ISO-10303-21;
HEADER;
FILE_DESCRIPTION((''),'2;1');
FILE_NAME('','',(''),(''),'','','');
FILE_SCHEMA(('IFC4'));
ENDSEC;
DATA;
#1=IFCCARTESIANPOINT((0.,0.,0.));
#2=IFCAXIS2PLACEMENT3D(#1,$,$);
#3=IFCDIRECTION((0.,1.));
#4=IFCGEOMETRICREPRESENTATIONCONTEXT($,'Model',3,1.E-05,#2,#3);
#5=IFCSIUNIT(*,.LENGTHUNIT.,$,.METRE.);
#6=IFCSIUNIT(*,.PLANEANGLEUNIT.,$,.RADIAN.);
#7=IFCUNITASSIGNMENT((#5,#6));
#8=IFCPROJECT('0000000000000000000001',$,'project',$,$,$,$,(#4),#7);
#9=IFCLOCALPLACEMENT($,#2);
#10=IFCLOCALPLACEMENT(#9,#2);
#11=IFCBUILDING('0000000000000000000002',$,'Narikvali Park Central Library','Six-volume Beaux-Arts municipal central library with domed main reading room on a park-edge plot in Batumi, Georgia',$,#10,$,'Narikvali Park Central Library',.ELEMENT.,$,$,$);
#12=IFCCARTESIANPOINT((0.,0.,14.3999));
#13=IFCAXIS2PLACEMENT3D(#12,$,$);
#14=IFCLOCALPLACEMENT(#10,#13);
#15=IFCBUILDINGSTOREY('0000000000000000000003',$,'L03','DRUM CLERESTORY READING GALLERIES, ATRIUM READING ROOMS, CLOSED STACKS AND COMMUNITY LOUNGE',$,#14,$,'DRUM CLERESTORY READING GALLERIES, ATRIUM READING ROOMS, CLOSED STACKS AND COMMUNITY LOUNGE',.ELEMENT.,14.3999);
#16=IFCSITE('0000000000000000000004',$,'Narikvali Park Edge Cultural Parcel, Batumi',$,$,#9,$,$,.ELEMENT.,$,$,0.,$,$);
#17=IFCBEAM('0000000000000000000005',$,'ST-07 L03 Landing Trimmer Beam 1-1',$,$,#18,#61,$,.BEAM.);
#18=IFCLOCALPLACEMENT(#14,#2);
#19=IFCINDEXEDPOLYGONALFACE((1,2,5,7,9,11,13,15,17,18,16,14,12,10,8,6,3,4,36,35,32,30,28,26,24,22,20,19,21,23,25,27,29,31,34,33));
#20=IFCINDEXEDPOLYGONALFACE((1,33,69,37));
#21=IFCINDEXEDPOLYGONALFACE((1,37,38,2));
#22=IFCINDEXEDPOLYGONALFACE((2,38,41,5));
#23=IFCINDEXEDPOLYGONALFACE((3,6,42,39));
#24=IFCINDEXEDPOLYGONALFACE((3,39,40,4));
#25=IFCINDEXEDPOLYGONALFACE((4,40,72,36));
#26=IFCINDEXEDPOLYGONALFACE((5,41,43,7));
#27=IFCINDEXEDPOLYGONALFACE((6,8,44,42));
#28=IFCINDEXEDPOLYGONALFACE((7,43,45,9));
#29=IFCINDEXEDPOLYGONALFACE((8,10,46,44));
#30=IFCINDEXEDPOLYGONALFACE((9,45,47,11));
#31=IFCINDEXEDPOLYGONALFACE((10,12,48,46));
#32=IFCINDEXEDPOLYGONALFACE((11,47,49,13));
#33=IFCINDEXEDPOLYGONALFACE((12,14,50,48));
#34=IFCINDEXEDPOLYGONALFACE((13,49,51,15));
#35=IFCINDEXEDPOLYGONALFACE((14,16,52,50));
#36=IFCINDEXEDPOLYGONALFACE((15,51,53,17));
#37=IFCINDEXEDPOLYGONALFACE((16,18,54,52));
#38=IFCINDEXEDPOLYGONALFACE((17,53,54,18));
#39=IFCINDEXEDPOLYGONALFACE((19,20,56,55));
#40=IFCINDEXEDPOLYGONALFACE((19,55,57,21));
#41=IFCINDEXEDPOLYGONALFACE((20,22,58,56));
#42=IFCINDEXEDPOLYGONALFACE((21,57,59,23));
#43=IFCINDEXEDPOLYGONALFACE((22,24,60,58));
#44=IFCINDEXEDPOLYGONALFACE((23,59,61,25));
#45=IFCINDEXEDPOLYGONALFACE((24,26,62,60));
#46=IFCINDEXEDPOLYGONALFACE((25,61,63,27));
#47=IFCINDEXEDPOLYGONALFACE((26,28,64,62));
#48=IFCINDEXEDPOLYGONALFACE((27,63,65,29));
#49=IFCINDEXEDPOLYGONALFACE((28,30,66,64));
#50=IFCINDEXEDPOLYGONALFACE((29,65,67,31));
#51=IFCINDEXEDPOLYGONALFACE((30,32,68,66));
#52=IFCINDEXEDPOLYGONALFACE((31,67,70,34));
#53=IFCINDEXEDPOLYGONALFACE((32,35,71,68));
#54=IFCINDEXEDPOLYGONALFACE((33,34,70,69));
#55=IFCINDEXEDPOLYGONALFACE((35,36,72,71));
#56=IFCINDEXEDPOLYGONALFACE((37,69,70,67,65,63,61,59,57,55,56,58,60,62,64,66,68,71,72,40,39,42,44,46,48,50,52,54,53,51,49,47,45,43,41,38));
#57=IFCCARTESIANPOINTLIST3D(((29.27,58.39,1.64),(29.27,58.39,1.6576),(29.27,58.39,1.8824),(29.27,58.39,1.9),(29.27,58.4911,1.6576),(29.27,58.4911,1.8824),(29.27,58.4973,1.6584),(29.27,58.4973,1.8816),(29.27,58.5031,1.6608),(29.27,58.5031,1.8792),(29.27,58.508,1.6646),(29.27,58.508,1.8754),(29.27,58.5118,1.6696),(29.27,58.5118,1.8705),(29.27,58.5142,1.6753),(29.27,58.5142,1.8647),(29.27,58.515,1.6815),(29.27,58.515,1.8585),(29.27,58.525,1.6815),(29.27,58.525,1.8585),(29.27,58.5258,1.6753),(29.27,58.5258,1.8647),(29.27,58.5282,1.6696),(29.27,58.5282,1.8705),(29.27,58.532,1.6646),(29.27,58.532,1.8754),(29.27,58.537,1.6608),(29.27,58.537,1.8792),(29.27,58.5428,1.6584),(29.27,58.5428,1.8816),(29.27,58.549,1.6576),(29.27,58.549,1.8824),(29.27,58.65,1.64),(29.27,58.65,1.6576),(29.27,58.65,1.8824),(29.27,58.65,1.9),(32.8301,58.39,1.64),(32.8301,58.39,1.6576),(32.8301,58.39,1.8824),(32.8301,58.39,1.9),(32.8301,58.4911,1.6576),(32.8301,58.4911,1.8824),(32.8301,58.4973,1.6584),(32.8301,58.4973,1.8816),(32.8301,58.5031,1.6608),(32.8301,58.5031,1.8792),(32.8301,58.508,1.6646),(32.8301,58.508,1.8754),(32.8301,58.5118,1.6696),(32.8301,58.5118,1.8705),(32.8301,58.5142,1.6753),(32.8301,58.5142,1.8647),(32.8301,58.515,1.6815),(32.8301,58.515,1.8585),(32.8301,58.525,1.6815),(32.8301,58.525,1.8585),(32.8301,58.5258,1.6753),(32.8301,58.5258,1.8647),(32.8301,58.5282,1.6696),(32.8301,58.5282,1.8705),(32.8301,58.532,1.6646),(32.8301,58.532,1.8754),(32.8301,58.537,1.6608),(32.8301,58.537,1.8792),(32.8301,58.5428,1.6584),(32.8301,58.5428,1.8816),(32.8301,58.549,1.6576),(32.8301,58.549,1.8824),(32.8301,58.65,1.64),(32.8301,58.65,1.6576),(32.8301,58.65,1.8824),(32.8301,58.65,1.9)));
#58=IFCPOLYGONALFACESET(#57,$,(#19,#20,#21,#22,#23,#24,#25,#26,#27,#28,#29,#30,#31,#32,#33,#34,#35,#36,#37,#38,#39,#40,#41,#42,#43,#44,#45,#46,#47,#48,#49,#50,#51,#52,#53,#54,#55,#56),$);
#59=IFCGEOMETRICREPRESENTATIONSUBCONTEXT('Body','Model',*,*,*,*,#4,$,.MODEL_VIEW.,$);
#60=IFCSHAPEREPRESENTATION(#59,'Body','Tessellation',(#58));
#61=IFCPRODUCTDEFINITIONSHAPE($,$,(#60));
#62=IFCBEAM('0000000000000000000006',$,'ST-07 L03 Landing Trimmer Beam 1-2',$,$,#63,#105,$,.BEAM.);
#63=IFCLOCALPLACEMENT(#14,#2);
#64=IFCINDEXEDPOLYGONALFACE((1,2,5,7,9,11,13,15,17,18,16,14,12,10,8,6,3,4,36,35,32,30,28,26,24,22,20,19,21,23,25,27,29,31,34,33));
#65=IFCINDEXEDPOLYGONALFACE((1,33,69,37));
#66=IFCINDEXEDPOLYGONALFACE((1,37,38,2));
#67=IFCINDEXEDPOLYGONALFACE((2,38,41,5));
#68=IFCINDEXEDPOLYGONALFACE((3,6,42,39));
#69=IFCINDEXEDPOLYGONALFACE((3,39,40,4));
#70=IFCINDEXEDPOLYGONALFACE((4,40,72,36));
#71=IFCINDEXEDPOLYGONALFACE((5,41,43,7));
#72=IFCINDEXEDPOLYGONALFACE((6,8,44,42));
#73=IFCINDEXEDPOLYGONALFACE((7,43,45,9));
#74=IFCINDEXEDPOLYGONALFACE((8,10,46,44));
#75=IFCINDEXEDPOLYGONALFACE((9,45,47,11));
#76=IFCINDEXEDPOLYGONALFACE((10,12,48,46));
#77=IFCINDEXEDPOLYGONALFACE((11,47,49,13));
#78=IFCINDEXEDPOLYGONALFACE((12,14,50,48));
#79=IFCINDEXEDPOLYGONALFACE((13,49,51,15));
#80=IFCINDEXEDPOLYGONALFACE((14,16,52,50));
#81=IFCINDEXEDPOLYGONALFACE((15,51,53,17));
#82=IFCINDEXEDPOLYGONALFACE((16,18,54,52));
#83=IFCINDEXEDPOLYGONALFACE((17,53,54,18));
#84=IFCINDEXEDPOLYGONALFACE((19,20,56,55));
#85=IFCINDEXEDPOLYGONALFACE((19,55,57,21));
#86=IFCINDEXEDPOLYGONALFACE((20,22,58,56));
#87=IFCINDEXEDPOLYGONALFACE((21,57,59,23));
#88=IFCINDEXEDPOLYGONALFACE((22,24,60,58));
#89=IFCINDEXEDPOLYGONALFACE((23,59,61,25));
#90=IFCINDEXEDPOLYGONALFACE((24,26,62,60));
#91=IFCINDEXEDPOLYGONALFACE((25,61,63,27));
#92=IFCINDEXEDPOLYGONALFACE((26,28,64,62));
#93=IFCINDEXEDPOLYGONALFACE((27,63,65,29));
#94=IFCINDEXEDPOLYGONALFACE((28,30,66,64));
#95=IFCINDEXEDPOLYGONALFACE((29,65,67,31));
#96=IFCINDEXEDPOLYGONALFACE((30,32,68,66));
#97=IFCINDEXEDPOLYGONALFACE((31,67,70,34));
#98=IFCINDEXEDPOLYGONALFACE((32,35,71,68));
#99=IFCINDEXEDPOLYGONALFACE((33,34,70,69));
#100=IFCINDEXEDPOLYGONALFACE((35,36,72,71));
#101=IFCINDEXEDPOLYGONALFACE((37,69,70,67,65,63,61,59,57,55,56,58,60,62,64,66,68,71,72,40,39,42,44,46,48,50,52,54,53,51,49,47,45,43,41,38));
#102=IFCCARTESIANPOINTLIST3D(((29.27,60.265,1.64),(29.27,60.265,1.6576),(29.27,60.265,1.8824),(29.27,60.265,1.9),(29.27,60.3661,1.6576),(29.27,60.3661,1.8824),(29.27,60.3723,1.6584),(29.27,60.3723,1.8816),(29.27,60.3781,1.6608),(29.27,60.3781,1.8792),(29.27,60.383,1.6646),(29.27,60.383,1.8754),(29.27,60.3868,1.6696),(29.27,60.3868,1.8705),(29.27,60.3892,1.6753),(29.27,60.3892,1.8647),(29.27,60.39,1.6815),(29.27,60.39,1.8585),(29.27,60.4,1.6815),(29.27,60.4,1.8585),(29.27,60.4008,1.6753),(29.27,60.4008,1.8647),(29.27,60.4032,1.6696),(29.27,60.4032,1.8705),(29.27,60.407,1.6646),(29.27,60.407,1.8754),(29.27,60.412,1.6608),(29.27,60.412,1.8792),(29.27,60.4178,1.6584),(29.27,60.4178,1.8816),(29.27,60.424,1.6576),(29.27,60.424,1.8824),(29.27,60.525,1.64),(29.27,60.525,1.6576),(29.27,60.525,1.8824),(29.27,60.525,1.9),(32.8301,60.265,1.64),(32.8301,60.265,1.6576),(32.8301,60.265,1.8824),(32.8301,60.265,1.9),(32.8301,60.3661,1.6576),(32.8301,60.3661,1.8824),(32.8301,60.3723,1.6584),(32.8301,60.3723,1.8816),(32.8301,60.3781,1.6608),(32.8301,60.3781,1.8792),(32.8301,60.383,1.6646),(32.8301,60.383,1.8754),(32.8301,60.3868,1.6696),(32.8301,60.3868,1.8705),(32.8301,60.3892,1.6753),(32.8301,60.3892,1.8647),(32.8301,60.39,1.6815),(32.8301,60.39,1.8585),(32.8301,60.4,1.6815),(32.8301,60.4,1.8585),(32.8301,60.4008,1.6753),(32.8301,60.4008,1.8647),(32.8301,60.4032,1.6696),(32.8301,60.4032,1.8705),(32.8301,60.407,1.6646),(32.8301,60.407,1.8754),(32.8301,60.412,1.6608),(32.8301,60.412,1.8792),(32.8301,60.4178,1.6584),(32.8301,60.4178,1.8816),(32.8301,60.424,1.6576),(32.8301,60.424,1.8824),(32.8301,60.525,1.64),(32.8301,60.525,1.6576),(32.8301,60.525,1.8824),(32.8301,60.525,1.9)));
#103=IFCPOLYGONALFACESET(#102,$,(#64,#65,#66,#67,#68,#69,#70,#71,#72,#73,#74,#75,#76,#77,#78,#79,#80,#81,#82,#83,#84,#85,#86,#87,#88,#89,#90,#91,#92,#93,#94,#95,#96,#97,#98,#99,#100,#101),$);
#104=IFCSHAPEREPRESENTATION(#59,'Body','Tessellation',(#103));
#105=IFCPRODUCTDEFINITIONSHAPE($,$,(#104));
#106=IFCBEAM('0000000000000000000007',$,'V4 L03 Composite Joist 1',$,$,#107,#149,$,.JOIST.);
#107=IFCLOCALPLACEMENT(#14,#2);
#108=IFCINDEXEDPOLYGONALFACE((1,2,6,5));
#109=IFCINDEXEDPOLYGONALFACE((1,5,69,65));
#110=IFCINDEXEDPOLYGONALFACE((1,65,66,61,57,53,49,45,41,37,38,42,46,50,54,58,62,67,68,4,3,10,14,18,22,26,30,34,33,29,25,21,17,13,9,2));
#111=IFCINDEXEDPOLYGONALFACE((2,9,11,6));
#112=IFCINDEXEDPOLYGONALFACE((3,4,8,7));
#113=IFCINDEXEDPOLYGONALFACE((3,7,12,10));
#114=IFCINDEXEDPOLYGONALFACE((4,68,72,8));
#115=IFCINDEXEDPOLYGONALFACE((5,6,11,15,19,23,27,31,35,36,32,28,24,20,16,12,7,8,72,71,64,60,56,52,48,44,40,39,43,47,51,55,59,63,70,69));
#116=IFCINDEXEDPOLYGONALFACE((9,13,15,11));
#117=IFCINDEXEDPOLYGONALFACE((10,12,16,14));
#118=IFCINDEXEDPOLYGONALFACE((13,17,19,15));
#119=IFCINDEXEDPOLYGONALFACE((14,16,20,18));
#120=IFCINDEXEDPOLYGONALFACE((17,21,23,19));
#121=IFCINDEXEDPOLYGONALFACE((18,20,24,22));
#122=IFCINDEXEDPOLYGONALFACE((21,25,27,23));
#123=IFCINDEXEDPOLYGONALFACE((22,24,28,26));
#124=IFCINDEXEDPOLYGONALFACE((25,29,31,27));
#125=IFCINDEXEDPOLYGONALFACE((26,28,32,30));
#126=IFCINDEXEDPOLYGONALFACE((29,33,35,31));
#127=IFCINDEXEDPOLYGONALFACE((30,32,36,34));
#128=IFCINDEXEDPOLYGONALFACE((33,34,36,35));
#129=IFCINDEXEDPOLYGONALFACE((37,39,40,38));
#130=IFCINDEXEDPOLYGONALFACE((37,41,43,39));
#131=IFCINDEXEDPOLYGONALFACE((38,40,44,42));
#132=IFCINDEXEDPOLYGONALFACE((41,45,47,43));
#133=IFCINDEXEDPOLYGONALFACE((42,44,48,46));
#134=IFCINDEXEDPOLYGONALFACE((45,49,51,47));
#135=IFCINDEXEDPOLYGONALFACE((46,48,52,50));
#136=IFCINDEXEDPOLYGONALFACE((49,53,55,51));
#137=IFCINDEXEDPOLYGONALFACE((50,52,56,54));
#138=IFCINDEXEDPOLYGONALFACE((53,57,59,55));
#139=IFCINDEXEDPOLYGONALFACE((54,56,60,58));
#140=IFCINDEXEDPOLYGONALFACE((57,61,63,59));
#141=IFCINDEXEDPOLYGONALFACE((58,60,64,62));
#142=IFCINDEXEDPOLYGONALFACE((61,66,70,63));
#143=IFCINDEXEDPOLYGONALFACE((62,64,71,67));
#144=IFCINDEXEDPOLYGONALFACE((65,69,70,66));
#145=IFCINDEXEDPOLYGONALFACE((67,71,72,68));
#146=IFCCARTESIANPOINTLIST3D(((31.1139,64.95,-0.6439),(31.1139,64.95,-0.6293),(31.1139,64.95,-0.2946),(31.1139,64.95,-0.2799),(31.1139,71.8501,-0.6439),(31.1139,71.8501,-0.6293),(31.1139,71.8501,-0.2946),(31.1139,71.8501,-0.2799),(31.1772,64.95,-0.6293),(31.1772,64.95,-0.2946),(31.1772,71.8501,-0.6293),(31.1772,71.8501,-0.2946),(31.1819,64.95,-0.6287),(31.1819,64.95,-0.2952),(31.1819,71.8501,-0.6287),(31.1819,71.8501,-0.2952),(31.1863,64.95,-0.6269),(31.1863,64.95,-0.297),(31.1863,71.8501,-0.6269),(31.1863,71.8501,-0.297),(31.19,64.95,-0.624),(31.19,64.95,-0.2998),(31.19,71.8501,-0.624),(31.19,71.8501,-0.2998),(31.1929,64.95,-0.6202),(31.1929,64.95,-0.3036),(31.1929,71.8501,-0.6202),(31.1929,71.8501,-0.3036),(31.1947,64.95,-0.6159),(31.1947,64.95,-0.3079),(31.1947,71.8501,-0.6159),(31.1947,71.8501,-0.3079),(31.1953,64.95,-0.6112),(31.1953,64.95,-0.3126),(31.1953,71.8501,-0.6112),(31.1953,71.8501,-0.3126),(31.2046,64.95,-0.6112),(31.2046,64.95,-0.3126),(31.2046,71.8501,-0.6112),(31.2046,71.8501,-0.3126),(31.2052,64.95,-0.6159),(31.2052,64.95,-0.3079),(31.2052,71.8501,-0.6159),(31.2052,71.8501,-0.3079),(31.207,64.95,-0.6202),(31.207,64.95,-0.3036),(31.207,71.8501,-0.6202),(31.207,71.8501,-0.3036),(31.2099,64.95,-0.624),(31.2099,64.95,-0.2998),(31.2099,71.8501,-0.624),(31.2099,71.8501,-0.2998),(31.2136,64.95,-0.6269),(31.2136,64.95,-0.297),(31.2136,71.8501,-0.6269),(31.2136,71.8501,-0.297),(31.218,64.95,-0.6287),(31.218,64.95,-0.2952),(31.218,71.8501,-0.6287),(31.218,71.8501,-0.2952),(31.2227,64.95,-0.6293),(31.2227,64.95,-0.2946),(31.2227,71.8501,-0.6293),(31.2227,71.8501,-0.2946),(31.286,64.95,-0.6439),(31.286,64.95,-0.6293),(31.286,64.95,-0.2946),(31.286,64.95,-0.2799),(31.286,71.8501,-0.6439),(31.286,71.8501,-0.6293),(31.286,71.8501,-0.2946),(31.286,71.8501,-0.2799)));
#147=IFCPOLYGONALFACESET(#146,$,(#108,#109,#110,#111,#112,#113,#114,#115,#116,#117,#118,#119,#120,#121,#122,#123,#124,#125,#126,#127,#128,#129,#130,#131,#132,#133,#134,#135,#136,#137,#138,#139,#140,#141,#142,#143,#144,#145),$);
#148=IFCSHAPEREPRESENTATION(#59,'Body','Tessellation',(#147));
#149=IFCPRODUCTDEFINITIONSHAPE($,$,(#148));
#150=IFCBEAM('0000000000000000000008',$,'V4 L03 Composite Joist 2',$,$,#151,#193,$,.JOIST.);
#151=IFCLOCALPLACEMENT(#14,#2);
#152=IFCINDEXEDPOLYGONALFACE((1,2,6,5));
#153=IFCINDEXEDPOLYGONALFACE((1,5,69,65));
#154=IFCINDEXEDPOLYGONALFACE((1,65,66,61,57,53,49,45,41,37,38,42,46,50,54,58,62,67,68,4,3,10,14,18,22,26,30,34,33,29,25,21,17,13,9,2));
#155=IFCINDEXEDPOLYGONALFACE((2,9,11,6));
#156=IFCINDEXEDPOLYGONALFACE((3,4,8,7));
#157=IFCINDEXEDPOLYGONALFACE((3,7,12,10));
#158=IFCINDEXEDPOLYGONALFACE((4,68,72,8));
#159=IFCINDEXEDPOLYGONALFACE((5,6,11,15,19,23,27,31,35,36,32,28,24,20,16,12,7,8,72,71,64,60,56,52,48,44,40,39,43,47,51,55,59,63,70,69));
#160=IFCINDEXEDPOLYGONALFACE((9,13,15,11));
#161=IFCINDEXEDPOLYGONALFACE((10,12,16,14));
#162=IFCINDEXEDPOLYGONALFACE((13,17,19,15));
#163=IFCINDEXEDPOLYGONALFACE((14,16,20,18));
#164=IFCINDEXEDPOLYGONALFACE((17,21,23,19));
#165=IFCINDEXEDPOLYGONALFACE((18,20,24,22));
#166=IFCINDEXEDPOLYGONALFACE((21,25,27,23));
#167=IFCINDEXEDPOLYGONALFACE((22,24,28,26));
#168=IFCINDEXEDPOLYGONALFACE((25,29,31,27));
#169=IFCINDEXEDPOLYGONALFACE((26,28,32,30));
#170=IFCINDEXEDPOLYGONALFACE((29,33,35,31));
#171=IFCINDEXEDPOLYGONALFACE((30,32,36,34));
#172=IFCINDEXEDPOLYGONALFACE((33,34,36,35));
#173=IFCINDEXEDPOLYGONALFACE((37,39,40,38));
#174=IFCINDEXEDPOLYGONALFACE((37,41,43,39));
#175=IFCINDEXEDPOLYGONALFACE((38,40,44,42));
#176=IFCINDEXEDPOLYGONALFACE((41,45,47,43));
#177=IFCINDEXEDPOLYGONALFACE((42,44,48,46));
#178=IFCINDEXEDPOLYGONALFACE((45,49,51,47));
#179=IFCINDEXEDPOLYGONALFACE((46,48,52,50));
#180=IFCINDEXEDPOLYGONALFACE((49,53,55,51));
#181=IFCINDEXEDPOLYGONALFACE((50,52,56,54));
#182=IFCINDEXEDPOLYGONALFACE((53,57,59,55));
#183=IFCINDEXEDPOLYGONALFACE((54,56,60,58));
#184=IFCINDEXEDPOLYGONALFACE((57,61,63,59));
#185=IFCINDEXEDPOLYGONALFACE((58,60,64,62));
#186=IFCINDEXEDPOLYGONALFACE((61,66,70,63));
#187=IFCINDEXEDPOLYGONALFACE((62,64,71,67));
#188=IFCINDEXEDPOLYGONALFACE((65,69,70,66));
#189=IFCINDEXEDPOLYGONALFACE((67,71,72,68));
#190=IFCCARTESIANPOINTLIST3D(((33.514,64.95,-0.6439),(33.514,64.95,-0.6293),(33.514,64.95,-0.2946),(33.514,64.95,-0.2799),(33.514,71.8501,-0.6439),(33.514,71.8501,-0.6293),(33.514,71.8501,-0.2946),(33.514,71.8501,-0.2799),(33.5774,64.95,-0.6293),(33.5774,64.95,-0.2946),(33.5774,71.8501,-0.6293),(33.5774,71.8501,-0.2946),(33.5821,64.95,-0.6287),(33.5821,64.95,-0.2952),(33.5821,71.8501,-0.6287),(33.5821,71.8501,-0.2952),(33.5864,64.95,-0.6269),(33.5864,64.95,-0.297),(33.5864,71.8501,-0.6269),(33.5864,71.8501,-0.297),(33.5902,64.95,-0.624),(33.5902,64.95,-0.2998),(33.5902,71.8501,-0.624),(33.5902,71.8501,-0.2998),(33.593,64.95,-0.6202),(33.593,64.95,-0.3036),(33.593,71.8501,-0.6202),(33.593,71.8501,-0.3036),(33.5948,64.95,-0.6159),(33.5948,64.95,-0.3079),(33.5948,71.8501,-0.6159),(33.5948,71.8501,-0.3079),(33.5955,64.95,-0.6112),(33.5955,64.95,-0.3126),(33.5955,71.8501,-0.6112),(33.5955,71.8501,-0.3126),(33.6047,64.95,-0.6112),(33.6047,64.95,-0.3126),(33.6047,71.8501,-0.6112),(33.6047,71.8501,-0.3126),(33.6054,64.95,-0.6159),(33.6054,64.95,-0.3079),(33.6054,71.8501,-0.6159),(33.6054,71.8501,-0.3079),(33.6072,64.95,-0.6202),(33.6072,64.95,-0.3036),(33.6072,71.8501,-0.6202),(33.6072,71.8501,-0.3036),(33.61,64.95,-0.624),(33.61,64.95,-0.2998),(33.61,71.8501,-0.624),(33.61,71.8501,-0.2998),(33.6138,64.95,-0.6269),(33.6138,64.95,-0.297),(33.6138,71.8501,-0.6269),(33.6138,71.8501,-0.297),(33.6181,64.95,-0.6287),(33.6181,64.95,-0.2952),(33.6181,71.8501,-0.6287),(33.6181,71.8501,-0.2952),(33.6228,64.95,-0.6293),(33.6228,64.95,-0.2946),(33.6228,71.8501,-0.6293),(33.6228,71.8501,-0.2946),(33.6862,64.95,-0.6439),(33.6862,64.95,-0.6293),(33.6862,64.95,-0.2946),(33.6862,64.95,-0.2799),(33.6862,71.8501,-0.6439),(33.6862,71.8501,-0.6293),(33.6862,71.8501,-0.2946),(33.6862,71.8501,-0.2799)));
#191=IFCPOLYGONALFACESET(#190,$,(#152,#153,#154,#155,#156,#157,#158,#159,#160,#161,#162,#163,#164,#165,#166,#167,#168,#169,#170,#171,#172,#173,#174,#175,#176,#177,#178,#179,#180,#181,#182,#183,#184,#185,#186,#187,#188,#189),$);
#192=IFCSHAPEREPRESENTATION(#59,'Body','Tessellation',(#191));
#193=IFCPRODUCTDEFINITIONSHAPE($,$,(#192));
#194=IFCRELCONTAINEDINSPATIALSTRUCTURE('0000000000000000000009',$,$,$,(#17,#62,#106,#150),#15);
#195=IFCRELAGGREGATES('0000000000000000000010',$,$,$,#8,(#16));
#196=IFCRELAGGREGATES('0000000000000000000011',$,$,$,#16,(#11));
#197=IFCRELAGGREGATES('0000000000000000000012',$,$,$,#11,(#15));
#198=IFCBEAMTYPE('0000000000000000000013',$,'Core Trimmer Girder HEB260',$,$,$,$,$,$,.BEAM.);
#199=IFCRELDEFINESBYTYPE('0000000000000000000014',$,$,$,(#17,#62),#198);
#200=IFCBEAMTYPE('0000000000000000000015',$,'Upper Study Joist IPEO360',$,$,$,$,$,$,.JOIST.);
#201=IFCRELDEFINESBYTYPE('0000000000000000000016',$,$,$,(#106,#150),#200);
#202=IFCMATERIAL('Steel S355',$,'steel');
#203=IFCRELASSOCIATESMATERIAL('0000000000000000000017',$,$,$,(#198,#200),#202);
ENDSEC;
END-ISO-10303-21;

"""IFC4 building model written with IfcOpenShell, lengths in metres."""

from ifc_helpers import new_model, si_unit, direction, frame, origin, origin_2d, place, context, subcontext, project, spatial, i_section, extrude, material, material_profile, profile_set, type_object, element, save


model = new_model("IFC4")

# Units and contexts
model_context = context("Model", 3, precision=1e-05, world=origin(), true_north=direction((0.0, 1.0)))
body_context = subcontext(model_context, "Body", "Model", "MODEL_VIEW")
ifc_project = project(units=[si_unit("LENGTHUNIT", "METRE"), si_unit("PLANEANGLEUNIT", "RADIAN")], contexts=[model_context])

# Site, building, storey
site_placement = place(None, origin())
site = spatial("IfcSite", under=ifc_project, at=site_placement, Name="Narikvali Park Edge Cultural Parcel, Batumi", CompositionType="ELEMENT", RefElevation=0.0)
building_placement = place(site_placement, origin())
building = spatial("IfcBuilding", under=site, at=building_placement, Name="Narikvali Park Central Library", Description="Six-volume Beaux-Arts municipal central library with domed main reading room on a park-edge plot in Batumi, Georgia", LongName="Narikvali Park Central Library", CompositionType="ELEMENT")
storey_placement = place(building_placement, frame((0.0, 0.0, 14.3999)))
storey = spatial("IfcBuildingStorey", under=building, at=storey_placement, Name="L03", Description="DRUM CLERESTORY READING GALLERIES, ATRIUM READING ROOMS, CLOSED STACKS AND COMMUNITY LOUNGE", LongName="DRUM CLERESTORY READING GALLERIES, ATRIUM READING ROOMS, CLOSED STACKS AND COMMUNITY LOUNGE", CompositionType="ELEMENT", Elevation=14.3999)

# Beams
ifc_material_1 = material(Name="Steel S355", Category="steel")
ifc_material_profile_1 = material_profile(ifc_material_1, i_section(OverallWidth=0.26, OverallDepth=0.26, WebThickness=0.01, FlangeThickness=0.0176, FilletRadius=0.0239, at=origin_2d()), Name="HEB 260")
ifc_profile_set_1 = profile_set([ifc_material_profile_1], Name="Steel S355")
beam_type_1 = type_object("IfcBeamType", Name="Core Trimmer Girder HEB260", PredefinedType="BEAM", material=ifc_profile_set_1)
for number, where, z_axis, x_axis, name in (
    (1, (29.27, 58.52, 1.77), (1.0, 0.0, 0.0), (0.0, 1.0, 0.0), "ST-07 L03 Landing Trimmer Beam 1-1"),
    (2, (29.27, 60.395, 1.77), (1.0, 0.0, 0.0), (0.0, 1.0, 0.0), "ST-07 L03 Landing Trimmer Beam 1-2"),
):
    element("IfcBeam", number, at=place(storey_placement, frame(where, z_axis=z_axis, x_axis=x_axis)), inside=storey, type_object=beam_type_1, Name=name, PredefinedType="BEAM", context=body_context, shape_type="SweptSolid", body=[
        extrude(i_section(OverallWidth=0.26, OverallDepth=0.26, WebThickness=0.01, FlangeThickness=0.0176, FilletRadius=0.0239, at=origin_2d()), origin(), (0.0, 0.0, 1.0), 3.5601),
    ])
ifc_material_profile_2 = material_profile(ifc_material_1, i_section(OverallWidth=0.1721, OverallDepth=0.364, WebThickness=0.0093, FlangeThickness=0.0146, FilletRadius=0.0181, at=origin_2d()), Name="IPEO 360")
ifc_profile_set_2 = profile_set([ifc_material_profile_2], Name="Steel S355")
beam_type_2 = type_object("IfcBeamType", Name="Upper Study Joist IPEO360", PredefinedType="JOIST", material=ifc_profile_set_2)
for number, where, z_axis, x_axis, name in (
    (3, (31.2, 64.95, -0.4619), (0.0, 1.0, 0.0), (-1.0, 0.0, 0.0), "V4 L03 Composite Joist 1"),
    (4, (33.6001, 64.95, -0.4619), (0.0, 1.0, 0.0), (-1.0, 0.0, 0.0), "V4 L03 Composite Joist 2"),
):
    element("IfcBeam", number, at=place(storey_placement, frame(where, z_axis=z_axis, x_axis=x_axis)), inside=storey, type_object=beam_type_2, Name=name, PredefinedType="JOIST", context=body_context, shape_type="SweptSolid", body=[
        extrude(i_section(OverallWidth=0.1721, OverallDepth=0.364, WebThickness=0.0093, FlangeThickness=0.0146, FilletRadius=0.0181, at=origin_2d()), origin(), (0.0, 0.0, 1.0), 6.9001),
    ])

save(model, "model.ifc")
